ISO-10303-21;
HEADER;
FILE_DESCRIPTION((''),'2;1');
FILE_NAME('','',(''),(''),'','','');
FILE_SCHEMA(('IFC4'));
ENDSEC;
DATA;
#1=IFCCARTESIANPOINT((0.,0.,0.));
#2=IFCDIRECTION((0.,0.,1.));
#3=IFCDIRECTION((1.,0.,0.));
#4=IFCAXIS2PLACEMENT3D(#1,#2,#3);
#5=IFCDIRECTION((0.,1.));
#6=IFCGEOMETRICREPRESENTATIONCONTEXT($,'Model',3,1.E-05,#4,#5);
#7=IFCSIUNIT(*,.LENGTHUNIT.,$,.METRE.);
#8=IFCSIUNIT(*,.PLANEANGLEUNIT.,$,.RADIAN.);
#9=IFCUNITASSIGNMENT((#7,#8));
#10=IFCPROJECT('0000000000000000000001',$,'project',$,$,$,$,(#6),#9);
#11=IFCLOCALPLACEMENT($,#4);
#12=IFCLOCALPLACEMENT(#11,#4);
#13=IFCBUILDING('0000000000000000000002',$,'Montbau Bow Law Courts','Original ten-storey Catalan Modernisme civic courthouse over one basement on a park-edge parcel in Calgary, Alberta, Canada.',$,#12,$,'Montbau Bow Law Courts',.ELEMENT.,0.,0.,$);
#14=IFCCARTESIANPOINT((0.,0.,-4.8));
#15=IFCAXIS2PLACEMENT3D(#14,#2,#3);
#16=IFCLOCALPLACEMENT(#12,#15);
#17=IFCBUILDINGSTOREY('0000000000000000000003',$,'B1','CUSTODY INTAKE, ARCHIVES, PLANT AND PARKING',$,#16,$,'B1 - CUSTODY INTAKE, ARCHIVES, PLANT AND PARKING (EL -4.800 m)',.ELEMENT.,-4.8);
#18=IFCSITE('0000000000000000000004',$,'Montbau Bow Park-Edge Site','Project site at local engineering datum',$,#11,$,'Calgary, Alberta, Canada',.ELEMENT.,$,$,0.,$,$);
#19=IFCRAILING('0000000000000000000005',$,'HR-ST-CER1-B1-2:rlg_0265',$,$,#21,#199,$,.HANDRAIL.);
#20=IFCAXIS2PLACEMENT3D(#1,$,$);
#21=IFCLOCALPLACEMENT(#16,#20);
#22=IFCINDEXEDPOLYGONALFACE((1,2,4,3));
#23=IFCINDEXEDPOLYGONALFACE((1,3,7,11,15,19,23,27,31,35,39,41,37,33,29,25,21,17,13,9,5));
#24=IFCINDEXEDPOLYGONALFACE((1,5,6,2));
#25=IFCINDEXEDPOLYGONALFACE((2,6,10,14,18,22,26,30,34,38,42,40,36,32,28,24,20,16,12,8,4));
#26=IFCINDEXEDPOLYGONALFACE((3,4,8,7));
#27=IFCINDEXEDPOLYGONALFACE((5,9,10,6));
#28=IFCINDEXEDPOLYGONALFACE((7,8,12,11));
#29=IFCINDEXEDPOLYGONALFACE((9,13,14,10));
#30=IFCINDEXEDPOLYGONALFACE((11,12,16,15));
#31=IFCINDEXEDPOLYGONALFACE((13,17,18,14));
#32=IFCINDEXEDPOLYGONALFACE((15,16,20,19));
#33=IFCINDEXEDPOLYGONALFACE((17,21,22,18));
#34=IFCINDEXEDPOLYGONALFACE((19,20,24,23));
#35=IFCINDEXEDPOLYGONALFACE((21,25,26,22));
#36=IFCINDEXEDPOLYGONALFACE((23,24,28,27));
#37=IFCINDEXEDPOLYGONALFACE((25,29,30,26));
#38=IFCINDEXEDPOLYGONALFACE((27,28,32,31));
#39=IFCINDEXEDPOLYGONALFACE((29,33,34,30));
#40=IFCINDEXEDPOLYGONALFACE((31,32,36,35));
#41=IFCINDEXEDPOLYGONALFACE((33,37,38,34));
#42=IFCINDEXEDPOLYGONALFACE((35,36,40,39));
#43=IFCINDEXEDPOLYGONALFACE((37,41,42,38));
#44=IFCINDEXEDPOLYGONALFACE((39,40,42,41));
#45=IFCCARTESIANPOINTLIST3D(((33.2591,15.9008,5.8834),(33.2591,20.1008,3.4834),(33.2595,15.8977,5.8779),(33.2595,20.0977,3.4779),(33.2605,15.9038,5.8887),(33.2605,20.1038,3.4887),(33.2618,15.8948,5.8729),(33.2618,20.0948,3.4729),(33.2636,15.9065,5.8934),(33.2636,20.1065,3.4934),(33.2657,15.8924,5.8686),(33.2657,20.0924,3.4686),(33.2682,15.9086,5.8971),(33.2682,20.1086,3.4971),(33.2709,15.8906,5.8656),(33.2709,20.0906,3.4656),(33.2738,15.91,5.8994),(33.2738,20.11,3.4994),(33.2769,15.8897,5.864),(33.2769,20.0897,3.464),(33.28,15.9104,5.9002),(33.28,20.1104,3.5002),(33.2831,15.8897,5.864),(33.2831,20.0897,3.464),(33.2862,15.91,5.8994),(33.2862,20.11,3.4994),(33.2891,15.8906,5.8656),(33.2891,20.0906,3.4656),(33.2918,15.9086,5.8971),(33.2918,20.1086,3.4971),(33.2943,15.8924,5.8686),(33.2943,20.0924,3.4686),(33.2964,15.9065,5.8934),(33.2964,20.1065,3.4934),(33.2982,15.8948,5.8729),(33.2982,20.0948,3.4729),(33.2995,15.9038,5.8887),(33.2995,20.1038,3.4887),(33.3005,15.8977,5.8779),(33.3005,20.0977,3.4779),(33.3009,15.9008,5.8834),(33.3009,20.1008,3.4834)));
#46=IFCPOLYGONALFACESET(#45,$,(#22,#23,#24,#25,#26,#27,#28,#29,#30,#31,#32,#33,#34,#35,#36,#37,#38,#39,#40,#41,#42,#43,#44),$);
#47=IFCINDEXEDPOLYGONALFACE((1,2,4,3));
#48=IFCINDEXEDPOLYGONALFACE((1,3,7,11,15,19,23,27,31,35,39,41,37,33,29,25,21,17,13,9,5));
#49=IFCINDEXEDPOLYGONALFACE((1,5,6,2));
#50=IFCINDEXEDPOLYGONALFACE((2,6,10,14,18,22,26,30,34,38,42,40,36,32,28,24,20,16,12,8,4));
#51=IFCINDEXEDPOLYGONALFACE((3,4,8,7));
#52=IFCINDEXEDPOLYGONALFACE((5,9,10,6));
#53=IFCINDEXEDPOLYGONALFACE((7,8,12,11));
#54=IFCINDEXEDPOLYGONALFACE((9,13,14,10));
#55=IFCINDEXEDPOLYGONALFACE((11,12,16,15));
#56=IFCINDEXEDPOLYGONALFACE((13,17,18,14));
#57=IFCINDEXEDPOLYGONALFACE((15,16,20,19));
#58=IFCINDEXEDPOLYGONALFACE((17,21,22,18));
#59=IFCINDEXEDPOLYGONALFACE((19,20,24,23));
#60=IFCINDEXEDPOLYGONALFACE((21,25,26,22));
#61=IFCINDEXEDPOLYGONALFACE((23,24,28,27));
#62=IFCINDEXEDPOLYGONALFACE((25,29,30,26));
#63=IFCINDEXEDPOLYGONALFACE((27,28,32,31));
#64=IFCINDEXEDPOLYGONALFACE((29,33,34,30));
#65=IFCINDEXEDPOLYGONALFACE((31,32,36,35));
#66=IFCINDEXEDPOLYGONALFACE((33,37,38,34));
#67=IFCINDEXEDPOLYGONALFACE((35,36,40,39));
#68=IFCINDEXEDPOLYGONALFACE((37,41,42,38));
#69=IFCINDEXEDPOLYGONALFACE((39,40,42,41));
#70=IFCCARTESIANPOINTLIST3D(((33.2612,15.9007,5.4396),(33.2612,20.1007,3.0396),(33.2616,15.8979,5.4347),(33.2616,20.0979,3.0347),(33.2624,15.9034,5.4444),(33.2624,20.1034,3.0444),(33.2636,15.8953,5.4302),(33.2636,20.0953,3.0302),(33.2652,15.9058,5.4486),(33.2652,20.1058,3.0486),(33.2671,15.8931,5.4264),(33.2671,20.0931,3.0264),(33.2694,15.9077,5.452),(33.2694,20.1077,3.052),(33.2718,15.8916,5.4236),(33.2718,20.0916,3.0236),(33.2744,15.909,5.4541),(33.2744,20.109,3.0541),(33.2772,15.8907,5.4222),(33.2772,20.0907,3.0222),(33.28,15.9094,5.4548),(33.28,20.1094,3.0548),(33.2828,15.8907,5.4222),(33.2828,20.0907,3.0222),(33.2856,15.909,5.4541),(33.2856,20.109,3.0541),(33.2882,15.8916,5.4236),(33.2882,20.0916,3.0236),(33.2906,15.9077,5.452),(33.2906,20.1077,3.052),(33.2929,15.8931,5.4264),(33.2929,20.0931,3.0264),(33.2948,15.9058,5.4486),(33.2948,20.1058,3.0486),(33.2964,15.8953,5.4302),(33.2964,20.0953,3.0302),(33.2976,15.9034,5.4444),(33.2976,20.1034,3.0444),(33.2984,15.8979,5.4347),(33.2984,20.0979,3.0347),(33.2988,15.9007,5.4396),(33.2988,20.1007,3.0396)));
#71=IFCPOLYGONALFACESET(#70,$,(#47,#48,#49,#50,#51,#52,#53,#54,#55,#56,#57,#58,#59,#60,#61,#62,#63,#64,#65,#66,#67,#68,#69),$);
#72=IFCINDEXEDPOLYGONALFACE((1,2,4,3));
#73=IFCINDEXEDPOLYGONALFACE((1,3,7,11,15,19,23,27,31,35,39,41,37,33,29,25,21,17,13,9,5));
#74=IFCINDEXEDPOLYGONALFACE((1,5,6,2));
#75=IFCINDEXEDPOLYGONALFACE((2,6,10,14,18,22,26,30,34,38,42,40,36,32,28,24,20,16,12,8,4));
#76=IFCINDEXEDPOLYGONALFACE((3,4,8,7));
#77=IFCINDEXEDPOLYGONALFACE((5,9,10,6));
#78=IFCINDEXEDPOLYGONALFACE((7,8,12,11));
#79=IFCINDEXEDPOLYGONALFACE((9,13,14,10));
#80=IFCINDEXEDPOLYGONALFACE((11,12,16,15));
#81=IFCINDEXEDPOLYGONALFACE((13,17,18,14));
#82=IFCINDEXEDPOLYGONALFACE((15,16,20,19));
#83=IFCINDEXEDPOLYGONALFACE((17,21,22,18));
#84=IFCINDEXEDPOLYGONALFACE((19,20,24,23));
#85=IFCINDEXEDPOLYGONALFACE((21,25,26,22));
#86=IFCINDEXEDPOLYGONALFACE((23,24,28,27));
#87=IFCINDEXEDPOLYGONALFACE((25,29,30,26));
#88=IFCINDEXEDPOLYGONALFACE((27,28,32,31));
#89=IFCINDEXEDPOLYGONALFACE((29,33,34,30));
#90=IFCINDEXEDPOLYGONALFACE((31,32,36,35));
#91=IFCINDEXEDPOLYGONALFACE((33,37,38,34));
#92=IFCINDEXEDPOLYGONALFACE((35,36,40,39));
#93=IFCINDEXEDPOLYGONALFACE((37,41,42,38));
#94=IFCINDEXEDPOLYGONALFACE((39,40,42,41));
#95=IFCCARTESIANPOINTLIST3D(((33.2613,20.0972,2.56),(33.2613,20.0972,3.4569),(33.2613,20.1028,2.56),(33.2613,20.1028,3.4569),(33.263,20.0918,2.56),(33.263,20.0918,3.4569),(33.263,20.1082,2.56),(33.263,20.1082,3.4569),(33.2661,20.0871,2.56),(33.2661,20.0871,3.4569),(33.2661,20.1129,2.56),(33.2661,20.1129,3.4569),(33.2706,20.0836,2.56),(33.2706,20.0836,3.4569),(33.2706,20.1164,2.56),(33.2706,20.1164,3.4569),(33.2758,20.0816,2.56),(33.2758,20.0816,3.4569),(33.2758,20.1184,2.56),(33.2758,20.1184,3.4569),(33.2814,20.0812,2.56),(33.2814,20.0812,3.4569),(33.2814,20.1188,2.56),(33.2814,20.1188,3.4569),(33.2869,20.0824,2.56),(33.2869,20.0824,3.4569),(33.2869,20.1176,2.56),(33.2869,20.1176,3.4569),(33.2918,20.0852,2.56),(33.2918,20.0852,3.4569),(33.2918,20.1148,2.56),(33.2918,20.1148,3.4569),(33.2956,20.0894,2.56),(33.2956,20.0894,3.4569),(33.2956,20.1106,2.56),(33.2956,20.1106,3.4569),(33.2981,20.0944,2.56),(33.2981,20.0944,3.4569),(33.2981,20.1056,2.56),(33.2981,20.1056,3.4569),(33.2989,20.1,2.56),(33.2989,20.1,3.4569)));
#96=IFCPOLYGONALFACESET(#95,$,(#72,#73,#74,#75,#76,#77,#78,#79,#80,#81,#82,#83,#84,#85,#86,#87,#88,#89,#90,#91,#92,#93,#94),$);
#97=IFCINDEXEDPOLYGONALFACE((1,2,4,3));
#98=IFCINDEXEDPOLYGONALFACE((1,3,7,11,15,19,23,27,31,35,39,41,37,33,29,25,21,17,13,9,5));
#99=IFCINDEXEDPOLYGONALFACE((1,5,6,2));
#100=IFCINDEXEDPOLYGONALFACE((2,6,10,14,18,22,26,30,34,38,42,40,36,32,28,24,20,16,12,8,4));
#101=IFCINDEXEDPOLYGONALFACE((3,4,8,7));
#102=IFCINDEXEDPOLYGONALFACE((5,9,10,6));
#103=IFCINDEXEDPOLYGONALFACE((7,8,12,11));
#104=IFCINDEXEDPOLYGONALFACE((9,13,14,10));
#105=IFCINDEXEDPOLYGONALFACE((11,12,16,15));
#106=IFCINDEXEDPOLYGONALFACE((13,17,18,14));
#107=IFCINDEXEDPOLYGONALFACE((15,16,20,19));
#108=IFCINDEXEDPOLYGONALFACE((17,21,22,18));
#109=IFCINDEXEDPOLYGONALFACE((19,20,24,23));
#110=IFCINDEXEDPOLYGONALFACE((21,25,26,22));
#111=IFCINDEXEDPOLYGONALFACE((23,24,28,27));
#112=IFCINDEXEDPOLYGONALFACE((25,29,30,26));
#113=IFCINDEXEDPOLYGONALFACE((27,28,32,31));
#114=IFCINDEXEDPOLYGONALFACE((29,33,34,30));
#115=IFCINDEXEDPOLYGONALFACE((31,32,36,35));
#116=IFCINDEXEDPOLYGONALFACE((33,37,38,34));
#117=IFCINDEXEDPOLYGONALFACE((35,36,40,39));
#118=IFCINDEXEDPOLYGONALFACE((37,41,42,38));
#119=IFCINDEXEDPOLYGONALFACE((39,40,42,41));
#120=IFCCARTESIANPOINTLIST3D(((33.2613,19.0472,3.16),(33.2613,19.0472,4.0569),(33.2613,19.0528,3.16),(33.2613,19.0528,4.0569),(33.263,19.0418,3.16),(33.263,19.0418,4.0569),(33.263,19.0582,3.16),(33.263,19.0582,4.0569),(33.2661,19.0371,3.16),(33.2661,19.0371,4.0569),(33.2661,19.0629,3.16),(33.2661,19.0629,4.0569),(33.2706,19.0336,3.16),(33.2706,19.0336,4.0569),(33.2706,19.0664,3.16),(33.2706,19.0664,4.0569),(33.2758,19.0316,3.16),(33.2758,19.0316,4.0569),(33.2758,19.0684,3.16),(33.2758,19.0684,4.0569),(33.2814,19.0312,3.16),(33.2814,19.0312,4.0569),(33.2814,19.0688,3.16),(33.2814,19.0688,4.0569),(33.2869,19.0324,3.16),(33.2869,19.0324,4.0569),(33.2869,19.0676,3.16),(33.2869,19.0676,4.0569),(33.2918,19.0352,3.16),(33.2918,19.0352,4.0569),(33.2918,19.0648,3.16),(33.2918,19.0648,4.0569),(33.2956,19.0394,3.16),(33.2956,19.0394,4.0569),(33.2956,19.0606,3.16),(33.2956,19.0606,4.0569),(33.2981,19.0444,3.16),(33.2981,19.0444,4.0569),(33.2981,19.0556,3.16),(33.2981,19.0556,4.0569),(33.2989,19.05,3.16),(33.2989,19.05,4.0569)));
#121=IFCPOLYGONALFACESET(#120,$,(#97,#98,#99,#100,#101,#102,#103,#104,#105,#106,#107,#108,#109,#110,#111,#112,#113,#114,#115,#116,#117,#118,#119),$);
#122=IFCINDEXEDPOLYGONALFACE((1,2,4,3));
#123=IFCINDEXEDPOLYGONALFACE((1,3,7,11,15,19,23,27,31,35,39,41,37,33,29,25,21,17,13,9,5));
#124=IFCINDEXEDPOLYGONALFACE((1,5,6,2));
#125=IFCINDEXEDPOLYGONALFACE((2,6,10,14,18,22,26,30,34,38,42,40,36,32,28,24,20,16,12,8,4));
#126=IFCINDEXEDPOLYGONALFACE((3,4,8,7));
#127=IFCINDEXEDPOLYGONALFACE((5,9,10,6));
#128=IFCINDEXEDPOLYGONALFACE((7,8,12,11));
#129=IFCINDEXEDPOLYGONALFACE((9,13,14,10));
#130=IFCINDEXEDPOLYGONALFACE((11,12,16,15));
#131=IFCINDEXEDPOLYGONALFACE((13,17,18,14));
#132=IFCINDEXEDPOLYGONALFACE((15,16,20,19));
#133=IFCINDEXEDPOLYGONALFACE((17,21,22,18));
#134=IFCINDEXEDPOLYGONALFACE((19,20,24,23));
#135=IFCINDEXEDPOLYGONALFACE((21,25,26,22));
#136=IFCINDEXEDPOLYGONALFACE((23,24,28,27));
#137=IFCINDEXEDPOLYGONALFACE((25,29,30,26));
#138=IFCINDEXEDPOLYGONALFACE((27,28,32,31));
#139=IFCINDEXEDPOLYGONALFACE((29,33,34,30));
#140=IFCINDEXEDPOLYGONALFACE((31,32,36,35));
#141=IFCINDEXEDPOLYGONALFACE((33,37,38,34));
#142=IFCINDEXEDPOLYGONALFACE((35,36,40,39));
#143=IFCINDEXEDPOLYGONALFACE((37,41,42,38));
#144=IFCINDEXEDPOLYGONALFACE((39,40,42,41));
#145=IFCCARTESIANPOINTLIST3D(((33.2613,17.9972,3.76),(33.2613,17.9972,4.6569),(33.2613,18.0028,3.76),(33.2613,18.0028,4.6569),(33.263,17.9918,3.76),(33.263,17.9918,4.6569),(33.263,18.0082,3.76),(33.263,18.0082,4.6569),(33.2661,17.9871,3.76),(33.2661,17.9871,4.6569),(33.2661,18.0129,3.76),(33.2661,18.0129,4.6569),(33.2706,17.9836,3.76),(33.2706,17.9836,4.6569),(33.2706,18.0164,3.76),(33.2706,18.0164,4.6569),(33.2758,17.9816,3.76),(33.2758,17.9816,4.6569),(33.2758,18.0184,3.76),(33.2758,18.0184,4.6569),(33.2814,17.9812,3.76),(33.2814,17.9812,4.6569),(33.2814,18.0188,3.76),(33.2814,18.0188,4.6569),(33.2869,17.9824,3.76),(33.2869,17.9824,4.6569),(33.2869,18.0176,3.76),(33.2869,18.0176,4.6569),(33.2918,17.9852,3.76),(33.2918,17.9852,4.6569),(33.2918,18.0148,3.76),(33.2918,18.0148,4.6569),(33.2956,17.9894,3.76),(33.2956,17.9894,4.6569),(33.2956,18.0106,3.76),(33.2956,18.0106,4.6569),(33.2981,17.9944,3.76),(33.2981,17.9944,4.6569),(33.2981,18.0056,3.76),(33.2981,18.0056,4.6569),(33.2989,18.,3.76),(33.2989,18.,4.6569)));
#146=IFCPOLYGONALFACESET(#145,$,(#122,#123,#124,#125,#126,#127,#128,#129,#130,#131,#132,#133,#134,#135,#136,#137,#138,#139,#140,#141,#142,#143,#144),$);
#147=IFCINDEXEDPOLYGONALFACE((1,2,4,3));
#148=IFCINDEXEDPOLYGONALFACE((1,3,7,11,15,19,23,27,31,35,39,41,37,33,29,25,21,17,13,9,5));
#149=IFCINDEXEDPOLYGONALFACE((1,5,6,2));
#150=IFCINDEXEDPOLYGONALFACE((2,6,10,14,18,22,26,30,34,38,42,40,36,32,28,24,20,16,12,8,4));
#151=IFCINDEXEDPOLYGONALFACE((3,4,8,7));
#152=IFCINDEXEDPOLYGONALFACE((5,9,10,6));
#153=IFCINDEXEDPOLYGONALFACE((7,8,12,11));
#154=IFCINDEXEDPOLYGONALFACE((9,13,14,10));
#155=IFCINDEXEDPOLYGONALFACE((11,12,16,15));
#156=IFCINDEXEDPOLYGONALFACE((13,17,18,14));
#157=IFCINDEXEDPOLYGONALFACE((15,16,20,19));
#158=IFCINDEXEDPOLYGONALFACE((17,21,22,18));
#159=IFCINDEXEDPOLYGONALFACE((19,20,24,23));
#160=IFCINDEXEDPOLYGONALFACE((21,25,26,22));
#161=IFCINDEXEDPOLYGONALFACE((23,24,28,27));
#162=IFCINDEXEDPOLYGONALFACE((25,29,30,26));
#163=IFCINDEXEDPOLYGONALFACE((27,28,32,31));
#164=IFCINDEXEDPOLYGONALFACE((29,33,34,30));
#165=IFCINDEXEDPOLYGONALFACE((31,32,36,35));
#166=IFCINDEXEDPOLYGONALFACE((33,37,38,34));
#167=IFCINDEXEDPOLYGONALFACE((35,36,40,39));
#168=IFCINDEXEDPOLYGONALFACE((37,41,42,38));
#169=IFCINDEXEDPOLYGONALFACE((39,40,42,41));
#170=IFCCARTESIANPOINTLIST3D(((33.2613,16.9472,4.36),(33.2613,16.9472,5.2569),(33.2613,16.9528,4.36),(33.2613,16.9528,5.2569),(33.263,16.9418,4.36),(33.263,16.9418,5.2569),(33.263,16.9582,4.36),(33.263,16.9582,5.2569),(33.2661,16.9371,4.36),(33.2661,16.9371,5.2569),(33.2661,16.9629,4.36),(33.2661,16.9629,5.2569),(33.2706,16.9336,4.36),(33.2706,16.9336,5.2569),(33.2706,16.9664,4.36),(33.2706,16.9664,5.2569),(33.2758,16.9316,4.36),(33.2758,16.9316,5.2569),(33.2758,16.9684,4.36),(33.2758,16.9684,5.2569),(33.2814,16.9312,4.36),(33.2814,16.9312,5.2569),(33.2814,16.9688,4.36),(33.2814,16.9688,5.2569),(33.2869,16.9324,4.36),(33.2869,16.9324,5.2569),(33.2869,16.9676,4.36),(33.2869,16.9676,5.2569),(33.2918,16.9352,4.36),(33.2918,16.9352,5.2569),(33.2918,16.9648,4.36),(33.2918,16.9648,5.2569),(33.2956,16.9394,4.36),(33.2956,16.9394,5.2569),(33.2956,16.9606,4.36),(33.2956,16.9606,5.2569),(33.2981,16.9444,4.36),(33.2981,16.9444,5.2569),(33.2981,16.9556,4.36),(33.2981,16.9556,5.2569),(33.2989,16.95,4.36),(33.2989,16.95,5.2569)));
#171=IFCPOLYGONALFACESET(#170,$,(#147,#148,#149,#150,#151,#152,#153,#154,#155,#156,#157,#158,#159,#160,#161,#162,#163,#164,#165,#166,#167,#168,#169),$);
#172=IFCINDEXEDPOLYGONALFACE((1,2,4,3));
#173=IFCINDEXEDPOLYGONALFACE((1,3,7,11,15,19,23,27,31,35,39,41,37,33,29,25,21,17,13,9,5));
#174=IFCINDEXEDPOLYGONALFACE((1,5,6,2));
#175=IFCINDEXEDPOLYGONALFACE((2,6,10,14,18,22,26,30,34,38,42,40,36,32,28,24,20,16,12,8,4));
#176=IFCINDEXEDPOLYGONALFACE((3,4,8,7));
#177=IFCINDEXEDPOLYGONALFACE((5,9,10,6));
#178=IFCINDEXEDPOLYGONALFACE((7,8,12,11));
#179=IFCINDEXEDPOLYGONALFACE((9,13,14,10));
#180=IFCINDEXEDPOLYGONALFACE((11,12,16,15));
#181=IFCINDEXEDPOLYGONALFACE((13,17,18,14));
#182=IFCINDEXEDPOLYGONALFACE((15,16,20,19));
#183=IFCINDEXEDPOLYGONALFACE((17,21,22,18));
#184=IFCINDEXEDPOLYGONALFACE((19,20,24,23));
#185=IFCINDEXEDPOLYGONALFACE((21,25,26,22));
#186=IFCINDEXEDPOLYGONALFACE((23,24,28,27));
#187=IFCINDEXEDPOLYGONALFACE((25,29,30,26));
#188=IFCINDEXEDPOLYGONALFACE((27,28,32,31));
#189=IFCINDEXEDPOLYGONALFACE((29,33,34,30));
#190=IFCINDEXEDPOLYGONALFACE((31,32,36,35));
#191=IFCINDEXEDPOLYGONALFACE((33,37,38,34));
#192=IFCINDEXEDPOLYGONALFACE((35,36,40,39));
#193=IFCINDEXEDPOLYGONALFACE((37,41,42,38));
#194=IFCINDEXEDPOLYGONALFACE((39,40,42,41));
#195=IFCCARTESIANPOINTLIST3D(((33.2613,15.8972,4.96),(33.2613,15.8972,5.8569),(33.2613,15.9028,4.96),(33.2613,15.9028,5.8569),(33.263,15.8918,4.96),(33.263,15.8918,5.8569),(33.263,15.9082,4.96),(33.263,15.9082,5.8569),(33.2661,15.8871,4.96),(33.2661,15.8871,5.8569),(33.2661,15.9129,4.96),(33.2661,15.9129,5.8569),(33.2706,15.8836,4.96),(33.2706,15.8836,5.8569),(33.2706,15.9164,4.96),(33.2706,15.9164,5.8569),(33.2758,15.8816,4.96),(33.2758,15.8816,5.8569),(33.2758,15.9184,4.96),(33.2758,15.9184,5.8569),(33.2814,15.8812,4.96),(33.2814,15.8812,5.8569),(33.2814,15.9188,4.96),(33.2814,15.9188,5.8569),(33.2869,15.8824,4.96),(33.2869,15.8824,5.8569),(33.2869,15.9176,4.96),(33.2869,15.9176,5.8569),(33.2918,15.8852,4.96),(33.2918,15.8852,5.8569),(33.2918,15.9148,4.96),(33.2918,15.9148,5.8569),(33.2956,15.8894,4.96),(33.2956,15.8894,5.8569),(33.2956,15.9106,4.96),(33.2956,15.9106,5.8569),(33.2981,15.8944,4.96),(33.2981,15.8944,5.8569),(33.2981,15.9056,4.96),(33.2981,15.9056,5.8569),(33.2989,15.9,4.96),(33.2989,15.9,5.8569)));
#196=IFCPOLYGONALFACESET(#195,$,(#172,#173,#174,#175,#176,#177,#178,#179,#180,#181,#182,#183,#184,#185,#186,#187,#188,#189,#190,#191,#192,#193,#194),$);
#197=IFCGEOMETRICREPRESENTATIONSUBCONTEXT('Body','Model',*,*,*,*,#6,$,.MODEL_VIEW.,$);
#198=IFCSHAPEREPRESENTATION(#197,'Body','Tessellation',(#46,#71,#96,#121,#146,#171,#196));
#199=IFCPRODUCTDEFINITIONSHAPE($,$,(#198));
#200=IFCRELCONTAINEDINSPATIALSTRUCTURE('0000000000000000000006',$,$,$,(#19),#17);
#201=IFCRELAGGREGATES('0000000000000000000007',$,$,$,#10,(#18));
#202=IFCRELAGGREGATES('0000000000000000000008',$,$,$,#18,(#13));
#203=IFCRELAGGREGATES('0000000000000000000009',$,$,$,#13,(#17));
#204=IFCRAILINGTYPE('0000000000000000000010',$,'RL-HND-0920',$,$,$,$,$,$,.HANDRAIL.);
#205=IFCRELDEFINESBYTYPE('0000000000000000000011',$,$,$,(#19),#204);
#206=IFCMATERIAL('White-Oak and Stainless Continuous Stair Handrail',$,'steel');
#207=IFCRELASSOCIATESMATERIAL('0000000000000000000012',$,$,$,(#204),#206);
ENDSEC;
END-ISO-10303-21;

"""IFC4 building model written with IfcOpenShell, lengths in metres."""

from ifc_helpers import new_model, si_unit, direction, frame, origin_with_axes, origin_2d_with_axis, place, context, subcontext, project, spatial, circle, extrude, material, type_object, element, save


model = new_model("IFC4")

# Units and contexts
model_context = context("Model", 3, precision=1e-05, world=origin_with_axes(), true_north=direction((0.0, 1.0)))
body_context = subcontext(model_context, "Body", "Model", "MODEL_VIEW")
ifc_project = project(units=[si_unit("LENGTHUNIT", "METRE"), si_unit("PLANEANGLEUNIT", "RADIAN")], contexts=[model_context])

# Site, building, storey
site_placement = place(None, origin_with_axes())
site = spatial("IfcSite", under=ifc_project, at=site_placement, Name="Montbau Bow Park-Edge Site", Description="Project site at local engineering datum", LongName="Calgary, Alberta, Canada", CompositionType="ELEMENT", RefElevation=0.0)
building_placement = place(site_placement, origin_with_axes())
building = spatial("IfcBuilding", under=site, at=building_placement, Name="Montbau Bow Law Courts", Description="Original ten-storey Catalan Modernisme civic courthouse over one basement on a park-edge parcel in Calgary, Alberta, Canada.", LongName="Montbau Bow Law Courts", CompositionType="ELEMENT", ElevationOfRefHeight=0.0, ElevationOfTerrain=0.0)
storey_placement = place(building_placement, frame((0.0, 0.0, -4.8), z_axis=(0.0, 0.0, 1.0), x_axis=(1.0, 0.0, 0.0)))
storey = spatial("IfcBuildingStorey", under=building, at=storey_placement, Name="B1", Description="CUSTODY INTAKE, ARCHIVES, PLANT AND PARKING", LongName="B1 - CUSTODY INTAKE, ARCHIVES, PLANT AND PARKING (EL -4.800 m)", CompositionType="ELEMENT", Elevation=-4.8)

# Railing
ifc_material_1 = material(Name="White-Oak and Stainless Continuous Stair Handrail", Category="steel")
railing_type_1 = type_object("IfcRailingType", Name="RL-HND-0920", PredefinedType="HANDRAIL", material=ifc_material_1)
railing_1_placement = place(None, origin_with_axes())
element("IfcRailing", 1, at=railing_1_placement, inside=storey, type_object=railing_type_1, Name="HR-ST-CER1-B1-2:rlg_0265", PredefinedType="HANDRAIL", context=body_context, shape_type="SweptSolid", body=[
    extrude(circle(Radius=0.021, at=origin_2d_with_axis()), frame((33.28, 20.1, -1.318), z_axis=(0.0, -0.868243, 0.496139), x_axis=(0.0, 0.496139, 0.868243)), (0.0, 0.0, 1.0), 4.8374),
    extrude(circle(Radius=0.0189, at=origin_2d_with_axis()), frame((33.28, 20.1, -1.7616), z_axis=(0.0, -0.868243, 0.496139), x_axis=(0.0, 0.496139, 0.868243)), (0.0, 0.0, 1.0), 4.8374),
    extrude(circle(Radius=0.0189, at=origin_2d_with_axis()), frame((33.28, 20.1, -2.24), z_axis=(0.0, 0.0, 1.0), x_axis=(1.0, 0.0, 0.0)), (0.0, 0.0, 1.0), 0.8969),
    extrude(circle(Radius=0.0189, at=origin_2d_with_axis()), frame((33.28, 19.05, -1.64), z_axis=(0.0, 0.0, 1.0), x_axis=(1.0, 0.0, 0.0)), (0.0, 0.0, 1.0), 0.8969),
    extrude(circle(Radius=0.0189, at=origin_2d_with_axis()), frame((33.28, 18.0, -1.04), z_axis=(0.0, 0.0, 1.0), x_axis=(1.0, 0.0, 0.0)), (0.0, 0.0, 1.0), 0.8969),
    extrude(circle(Radius=0.0189, at=origin_2d_with_axis()), frame((33.28, 16.95, -0.44), z_axis=(0.0, 0.0, 1.0), x_axis=(1.0, 0.0, 0.0)), (0.0, 0.0, 1.0), 0.8969),
    extrude(circle(Radius=0.0189, at=origin_2d_with_axis()), frame((33.28, 15.9, 0.16), z_axis=(0.0, 0.0, 1.0), x_axis=(1.0, 0.0, 0.0)), (0.0, 0.0, 1.0), 0.8969),
])

save(model, "model.ifc")
